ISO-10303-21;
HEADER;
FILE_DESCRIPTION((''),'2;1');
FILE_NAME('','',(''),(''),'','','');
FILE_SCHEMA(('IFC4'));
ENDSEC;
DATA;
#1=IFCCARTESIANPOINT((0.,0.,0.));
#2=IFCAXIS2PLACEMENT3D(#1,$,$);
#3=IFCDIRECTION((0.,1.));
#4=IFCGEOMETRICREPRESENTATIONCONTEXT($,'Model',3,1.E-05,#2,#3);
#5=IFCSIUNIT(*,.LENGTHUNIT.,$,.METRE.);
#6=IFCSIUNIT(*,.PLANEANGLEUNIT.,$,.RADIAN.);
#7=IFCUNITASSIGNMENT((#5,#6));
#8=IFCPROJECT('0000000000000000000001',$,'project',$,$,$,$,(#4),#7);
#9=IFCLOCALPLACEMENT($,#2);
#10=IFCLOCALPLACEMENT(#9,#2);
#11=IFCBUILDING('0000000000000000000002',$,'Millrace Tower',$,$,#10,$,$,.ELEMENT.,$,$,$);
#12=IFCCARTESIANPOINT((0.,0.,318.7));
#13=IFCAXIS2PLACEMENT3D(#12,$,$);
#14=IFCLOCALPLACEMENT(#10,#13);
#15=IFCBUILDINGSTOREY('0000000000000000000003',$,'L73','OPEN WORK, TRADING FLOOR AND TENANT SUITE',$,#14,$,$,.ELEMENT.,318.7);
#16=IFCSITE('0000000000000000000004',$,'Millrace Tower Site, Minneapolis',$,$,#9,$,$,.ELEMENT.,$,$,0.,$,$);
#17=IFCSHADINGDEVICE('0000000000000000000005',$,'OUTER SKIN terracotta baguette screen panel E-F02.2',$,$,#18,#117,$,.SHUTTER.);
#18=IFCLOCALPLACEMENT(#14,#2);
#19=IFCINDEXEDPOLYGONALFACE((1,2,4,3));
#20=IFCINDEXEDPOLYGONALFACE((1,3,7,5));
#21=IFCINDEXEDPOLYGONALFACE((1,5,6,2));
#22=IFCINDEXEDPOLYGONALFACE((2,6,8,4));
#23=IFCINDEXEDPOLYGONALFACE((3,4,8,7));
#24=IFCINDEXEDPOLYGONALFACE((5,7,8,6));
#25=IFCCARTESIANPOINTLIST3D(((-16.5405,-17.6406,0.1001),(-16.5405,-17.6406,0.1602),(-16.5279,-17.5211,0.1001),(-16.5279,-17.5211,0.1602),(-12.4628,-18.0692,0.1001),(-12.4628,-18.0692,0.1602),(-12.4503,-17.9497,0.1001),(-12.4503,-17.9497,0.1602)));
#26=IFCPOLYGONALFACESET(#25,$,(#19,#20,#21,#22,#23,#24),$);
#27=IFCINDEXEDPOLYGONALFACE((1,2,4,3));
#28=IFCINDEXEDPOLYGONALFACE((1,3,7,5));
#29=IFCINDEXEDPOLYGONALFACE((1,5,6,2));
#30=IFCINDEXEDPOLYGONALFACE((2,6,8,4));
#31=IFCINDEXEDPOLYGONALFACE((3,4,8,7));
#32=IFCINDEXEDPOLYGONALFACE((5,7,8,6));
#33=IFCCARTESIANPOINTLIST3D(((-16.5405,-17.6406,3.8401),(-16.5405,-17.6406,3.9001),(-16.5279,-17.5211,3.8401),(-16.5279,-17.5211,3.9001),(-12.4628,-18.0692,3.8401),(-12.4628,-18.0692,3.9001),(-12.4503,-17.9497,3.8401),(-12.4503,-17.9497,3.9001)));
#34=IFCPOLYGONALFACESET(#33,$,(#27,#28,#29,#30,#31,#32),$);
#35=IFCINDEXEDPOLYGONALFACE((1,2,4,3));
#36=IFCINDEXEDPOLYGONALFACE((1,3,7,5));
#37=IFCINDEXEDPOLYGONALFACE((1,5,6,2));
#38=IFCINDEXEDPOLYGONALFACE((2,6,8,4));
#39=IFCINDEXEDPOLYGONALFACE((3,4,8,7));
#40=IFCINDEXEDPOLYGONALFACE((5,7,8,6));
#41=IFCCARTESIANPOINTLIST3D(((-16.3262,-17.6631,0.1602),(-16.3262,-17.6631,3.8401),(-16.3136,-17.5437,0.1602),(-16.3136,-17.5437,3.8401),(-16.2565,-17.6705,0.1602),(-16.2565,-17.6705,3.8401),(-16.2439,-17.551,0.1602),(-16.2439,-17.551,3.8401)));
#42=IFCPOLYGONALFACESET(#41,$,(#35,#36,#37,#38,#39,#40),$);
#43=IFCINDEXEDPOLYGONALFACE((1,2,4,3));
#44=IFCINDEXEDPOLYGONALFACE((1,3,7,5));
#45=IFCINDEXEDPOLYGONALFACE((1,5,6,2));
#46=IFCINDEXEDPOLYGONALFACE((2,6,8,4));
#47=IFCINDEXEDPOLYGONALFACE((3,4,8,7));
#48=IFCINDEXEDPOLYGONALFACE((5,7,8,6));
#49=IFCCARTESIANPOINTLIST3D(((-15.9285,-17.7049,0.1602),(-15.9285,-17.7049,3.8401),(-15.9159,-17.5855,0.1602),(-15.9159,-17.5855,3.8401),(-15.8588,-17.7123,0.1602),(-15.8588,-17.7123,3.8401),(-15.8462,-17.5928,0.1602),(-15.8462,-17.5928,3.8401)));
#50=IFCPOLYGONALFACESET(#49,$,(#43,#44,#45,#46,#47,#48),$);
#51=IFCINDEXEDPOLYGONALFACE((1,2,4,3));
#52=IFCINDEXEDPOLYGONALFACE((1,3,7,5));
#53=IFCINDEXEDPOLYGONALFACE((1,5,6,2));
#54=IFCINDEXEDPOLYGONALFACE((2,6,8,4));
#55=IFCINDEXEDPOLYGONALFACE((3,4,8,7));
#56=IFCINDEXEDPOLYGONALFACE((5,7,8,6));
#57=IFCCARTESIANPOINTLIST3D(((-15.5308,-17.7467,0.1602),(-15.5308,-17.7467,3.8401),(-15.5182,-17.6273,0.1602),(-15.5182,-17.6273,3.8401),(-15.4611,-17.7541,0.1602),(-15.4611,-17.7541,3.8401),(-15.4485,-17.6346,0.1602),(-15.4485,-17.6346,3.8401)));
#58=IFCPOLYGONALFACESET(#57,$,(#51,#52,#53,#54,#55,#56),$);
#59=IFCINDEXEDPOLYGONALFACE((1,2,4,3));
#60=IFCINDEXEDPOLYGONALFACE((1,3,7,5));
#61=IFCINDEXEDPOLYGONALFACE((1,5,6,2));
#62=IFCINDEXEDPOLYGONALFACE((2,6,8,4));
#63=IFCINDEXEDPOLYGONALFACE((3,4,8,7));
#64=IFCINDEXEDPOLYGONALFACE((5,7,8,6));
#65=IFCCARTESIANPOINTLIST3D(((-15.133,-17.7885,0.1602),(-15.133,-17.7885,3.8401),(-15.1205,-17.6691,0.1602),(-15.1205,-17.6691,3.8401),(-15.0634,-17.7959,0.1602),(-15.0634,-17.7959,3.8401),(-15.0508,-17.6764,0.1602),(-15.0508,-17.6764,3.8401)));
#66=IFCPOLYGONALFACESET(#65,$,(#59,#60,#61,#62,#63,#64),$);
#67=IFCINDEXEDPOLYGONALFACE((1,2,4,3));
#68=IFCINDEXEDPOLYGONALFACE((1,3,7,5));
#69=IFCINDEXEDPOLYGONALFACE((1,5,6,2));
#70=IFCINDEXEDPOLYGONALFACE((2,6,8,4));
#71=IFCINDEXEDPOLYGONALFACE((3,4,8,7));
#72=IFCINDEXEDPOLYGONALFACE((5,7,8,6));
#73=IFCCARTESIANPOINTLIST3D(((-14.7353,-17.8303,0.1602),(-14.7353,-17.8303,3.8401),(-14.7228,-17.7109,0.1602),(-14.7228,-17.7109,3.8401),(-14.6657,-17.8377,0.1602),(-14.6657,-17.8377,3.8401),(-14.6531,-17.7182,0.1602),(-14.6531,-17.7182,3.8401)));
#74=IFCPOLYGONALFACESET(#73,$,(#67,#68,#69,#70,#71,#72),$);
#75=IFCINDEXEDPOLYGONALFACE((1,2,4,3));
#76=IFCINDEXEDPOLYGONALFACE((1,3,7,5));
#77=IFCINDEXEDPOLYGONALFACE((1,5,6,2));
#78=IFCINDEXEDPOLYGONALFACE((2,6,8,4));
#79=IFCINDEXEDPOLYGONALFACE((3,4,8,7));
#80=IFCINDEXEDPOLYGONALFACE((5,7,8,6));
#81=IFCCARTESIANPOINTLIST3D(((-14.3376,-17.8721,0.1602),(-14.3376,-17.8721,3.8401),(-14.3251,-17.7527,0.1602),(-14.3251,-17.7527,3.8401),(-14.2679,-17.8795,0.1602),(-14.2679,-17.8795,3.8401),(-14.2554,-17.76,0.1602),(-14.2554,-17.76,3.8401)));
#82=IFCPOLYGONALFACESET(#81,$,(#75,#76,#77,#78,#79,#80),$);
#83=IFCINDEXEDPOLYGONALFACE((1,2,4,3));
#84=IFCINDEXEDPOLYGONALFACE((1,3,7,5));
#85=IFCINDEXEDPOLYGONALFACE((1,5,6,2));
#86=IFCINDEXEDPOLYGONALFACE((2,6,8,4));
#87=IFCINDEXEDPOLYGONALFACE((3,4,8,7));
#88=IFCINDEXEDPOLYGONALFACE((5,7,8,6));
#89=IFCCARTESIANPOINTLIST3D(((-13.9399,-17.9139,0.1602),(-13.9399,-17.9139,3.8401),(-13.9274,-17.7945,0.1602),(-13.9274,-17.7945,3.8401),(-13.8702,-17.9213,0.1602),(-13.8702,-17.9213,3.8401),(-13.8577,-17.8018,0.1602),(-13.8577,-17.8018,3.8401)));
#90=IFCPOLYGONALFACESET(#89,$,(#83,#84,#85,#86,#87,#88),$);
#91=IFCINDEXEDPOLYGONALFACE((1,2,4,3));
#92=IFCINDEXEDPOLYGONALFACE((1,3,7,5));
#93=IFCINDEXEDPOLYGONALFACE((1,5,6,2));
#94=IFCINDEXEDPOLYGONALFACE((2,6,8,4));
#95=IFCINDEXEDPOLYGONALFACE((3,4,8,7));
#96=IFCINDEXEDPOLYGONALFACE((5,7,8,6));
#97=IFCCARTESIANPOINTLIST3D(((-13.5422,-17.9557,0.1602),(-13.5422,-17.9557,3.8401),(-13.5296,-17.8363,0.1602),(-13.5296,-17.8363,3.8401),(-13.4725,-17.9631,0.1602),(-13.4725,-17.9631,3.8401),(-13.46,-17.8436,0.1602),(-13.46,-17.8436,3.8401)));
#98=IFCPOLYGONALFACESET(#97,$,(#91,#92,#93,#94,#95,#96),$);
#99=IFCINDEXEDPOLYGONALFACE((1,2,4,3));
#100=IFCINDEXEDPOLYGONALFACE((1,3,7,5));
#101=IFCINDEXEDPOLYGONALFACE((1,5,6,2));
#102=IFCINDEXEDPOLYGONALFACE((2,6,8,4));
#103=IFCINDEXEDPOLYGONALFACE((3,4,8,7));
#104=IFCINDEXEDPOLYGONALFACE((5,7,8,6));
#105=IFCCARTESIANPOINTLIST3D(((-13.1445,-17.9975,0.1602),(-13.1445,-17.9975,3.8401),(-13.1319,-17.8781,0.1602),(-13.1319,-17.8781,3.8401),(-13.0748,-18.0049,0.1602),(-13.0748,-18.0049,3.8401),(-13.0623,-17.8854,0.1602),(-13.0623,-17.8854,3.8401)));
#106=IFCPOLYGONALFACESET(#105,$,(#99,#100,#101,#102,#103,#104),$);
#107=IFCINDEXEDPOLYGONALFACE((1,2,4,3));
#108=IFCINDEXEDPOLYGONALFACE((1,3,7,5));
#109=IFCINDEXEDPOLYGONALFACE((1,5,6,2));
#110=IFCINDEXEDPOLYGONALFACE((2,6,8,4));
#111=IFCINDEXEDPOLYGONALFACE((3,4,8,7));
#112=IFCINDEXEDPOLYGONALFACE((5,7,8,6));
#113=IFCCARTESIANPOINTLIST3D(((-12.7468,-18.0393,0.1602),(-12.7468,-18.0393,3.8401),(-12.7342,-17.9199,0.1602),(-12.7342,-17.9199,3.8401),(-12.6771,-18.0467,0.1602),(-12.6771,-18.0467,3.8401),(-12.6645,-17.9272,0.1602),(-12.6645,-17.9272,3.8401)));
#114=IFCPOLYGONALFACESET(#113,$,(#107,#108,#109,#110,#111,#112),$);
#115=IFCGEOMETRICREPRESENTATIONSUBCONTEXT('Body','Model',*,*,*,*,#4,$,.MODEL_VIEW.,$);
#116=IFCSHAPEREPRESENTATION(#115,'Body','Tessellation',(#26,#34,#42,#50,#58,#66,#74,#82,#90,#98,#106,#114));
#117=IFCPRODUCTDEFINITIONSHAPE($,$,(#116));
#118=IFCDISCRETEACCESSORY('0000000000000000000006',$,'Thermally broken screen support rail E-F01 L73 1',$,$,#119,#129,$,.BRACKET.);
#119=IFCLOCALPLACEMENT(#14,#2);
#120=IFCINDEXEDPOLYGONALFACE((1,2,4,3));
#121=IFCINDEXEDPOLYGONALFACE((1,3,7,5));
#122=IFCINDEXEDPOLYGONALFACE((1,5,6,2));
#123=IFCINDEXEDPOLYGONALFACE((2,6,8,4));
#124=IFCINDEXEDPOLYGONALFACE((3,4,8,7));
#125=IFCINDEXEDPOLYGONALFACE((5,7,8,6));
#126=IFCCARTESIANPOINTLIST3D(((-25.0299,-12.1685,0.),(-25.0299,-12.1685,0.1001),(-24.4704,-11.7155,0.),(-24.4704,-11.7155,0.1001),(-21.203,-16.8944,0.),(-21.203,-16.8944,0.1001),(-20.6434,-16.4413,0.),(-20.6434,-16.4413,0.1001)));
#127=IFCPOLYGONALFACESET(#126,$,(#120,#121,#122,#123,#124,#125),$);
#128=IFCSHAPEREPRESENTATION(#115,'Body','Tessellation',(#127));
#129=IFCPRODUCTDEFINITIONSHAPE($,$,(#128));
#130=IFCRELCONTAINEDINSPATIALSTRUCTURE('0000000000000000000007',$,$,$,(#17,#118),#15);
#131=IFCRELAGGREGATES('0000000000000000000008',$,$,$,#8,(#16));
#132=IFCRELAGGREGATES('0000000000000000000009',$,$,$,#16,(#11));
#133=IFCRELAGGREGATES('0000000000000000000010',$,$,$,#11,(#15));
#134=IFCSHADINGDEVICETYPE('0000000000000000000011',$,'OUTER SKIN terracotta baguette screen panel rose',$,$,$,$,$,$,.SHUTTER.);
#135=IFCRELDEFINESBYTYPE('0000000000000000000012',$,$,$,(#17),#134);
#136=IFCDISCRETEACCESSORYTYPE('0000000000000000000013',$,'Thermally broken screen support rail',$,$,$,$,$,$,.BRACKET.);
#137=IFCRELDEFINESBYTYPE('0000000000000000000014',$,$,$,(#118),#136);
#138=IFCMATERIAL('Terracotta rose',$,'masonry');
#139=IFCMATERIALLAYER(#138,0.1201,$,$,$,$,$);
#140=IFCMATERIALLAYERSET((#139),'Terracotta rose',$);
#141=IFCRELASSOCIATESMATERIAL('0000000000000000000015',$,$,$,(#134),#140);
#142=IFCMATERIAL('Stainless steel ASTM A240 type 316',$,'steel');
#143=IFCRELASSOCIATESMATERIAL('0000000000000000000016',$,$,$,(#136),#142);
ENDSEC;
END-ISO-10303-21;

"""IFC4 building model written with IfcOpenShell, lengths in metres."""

from ifc_helpers import new_model, entity, si_unit, direction, frame, frame_2d, origin, origin_2d, place, context, subcontext, project, spatial, rectangle, extrude, source, transform, mapped, material, layer, layer_set, type_object, element, save


model = new_model("IFC4")

# Units and contexts
model_context = context("Model", 3, precision=1e-05, world=origin(), true_north=direction((0.0, 1.0)))
body_context = subcontext(model_context, "Body", "Model", "MODEL_VIEW")
ifc_project = project(units=[si_unit("LENGTHUNIT", "METRE"), si_unit("PLANEANGLEUNIT", "RADIAN")], contexts=[model_context])

# Site, building, storey
site_placement = place(None, origin())
site = spatial("IfcSite", under=ifc_project, at=site_placement, Name="Millrace Tower Site, Minneapolis", CompositionType="ELEMENT", RefElevation=0.0)
building_placement = place(site_placement, origin())
building = spatial("IfcBuilding", under=site, at=building_placement, Name="Millrace Tower", CompositionType="ELEMENT")
storey_placement = place(building_placement, frame((0.0, 0.0, 318.7)))
storey = spatial("IfcBuildingStorey", under=building, at=storey_placement, Name="L73", Description="OPEN WORK, TRADING FLOOR AND TENANT SUITE", CompositionType="ELEMENT", Elevation=318.7)

# Shading device
ifc_material_1 = material(Name="Terracotta rose", Category="masonry")
ifc_layer_1 = layer(ifc_material_1, 0.1201)
ifc_layer_set_1 = layer_set([ifc_layer_1], Name="Terracotta rose")
shading_device_type = type_object("IfcShadingDeviceType", Name="OUTER SKIN terracotta baguette screen panel rose", PredefinedType="SHUTTER", material=ifc_layer_set_1)
cartesian_point_1 = entity("IfcCartesianPoint", [-2.05, 0.0601])
shared_polyline_1 = entity("IfcPolyline", [cartesian_point_1, entity("IfcCartesianPoint", [2.05, 0.0601]), entity("IfcCartesianPoint", [2.05, -0.0601]), entity("IfcCartesianPoint", [-2.05, -0.0601]), cartesian_point_1])
shared_shape_1 = source(origin(), body_context, "Body", "SweptSolid", [
    entity("IfcExtrudedAreaSolid", entity("IfcArbitraryClosedProfileDef", "AREA", None, shared_polyline_1), entity("IfcAxis2Placement3D", entity("IfcCartesianPoint", [0.0, 0.0, 0.0])), entity("IfcDirection", [0.0, 0.0, 1.0]), 0.0601),
    entity("IfcExtrudedAreaSolid", entity("IfcArbitraryClosedProfileDef", "AREA", None, shared_polyline_1), entity("IfcAxis2Placement3D", entity("IfcCartesianPoint", [0.0, 0.0, 3.74])), entity("IfcDirection", [0.0, 0.0, 1.0]), 0.0601),
    extrude(rectangle(XDim=0.0701, YDim=0.1201, at=frame_2d((-1.7996, 0.0))), frame((0.0, 0.0, 0.0601)), (0.0, 0.0, 1.0), 3.6799),
    extrude(rectangle(XDim=0.0701, YDim=0.1201, at=frame_2d((-1.3997, 0.0))), frame((0.0, 0.0, 0.0601)), (0.0, 0.0, 1.0), 3.6799),
    extrude(rectangle(XDim=0.0701, YDim=0.1201, at=frame_2d((-0.9998, 0.0))), frame((0.0, 0.0, 0.0601)), (0.0, 0.0, 1.0), 3.6799),
    extrude(rectangle(XDim=0.0701, YDim=0.1201, at=frame_2d((-0.5999, 0.0))), frame((0.0, 0.0, 0.0601)), (0.0, 0.0, 1.0), 3.6799),
    extrude(rectangle(XDim=0.0701, YDim=0.1201, at=frame_2d((-0.2, 0.0))), frame((0.0, 0.0, 0.0601)), (0.0, 0.0, 1.0), 3.6799),
    extrude(rectangle(XDim=0.0701, YDim=0.1201, at=frame_2d((0.2, 0.0))), frame((0.0, 0.0, 0.0601)), (0.0, 0.0, 1.0), 3.6799),
    extrude(rectangle(XDim=0.0701, YDim=0.1201, at=frame_2d((0.5999, 0.0))), frame((0.0, 0.0, 0.0601)), (0.0, 0.0, 1.0), 3.6799),
    extrude(rectangle(XDim=0.0701, YDim=0.1201, at=frame_2d((0.9998, 0.0))), frame((0.0, 0.0, 0.0601)), (0.0, 0.0, 1.0), 3.6799),
    extrude(rectangle(XDim=0.0701, YDim=0.1201, at=frame_2d((1.3997, 0.0))), frame((0.0, 0.0, 0.0601)), (0.0, 0.0, 1.0), 3.6799),
    extrude(rectangle(XDim=0.0701, YDim=0.1201, at=frame_2d((1.7996, 0.0))), frame((0.0, 0.0, 0.0601)), (0.0, 0.0, 1.0), 3.6799),
])
shading_device_1_placement = place(storey_placement, frame((-14.4954, -17.7952, 0.1001), z_axis=(0.0, 0.0, 1.0), x_axis=(0.994522, -0.104528, 0.0)))
element("IfcShadingDevice", 1, at=shading_device_1_placement, inside=storey, type_object=shading_device_type, Name="OUTER SKIN terracotta baguette screen panel E-F02.2", PredefinedType="SHUTTER", context=body_context, shape_type="MappedRepresentation", body=[
    mapped(shared_shape_1, transform((0.0, 0.0, 0.0), scale=1.0)),
])

# Discrete accessory
ifc_material_2 = material(Name="Stainless steel ASTM A240 type 316", Category="steel")
discrete_accessory_type = type_object("IfcDiscreteAccessoryType", Name="Thermally broken screen support rail", PredefinedType="BRACKET", material=ifc_material_2)
discrete_accessory_placement = place(storey_placement, frame((-22.8367, -14.3049, 0.0), z_axis=(0.0, 0.0, 1.0), x_axis=(0.62932, -0.777146, 0.0)))
element("IfcDiscreteAccessory", 2, at=discrete_accessory_placement, inside=storey, type_object=discrete_accessory_type, Name="Thermally broken screen support rail E-F01 L73 1", PredefinedType="BRACKET", context=body_context, shape_type="SweptSolid", body=[
    extrude(rectangle(XDim=6.0811, YDim=0.72, at=origin_2d()), origin(), (0.0, 0.0, 1.0), 0.1001),
])

save(model, "model.ifc")
